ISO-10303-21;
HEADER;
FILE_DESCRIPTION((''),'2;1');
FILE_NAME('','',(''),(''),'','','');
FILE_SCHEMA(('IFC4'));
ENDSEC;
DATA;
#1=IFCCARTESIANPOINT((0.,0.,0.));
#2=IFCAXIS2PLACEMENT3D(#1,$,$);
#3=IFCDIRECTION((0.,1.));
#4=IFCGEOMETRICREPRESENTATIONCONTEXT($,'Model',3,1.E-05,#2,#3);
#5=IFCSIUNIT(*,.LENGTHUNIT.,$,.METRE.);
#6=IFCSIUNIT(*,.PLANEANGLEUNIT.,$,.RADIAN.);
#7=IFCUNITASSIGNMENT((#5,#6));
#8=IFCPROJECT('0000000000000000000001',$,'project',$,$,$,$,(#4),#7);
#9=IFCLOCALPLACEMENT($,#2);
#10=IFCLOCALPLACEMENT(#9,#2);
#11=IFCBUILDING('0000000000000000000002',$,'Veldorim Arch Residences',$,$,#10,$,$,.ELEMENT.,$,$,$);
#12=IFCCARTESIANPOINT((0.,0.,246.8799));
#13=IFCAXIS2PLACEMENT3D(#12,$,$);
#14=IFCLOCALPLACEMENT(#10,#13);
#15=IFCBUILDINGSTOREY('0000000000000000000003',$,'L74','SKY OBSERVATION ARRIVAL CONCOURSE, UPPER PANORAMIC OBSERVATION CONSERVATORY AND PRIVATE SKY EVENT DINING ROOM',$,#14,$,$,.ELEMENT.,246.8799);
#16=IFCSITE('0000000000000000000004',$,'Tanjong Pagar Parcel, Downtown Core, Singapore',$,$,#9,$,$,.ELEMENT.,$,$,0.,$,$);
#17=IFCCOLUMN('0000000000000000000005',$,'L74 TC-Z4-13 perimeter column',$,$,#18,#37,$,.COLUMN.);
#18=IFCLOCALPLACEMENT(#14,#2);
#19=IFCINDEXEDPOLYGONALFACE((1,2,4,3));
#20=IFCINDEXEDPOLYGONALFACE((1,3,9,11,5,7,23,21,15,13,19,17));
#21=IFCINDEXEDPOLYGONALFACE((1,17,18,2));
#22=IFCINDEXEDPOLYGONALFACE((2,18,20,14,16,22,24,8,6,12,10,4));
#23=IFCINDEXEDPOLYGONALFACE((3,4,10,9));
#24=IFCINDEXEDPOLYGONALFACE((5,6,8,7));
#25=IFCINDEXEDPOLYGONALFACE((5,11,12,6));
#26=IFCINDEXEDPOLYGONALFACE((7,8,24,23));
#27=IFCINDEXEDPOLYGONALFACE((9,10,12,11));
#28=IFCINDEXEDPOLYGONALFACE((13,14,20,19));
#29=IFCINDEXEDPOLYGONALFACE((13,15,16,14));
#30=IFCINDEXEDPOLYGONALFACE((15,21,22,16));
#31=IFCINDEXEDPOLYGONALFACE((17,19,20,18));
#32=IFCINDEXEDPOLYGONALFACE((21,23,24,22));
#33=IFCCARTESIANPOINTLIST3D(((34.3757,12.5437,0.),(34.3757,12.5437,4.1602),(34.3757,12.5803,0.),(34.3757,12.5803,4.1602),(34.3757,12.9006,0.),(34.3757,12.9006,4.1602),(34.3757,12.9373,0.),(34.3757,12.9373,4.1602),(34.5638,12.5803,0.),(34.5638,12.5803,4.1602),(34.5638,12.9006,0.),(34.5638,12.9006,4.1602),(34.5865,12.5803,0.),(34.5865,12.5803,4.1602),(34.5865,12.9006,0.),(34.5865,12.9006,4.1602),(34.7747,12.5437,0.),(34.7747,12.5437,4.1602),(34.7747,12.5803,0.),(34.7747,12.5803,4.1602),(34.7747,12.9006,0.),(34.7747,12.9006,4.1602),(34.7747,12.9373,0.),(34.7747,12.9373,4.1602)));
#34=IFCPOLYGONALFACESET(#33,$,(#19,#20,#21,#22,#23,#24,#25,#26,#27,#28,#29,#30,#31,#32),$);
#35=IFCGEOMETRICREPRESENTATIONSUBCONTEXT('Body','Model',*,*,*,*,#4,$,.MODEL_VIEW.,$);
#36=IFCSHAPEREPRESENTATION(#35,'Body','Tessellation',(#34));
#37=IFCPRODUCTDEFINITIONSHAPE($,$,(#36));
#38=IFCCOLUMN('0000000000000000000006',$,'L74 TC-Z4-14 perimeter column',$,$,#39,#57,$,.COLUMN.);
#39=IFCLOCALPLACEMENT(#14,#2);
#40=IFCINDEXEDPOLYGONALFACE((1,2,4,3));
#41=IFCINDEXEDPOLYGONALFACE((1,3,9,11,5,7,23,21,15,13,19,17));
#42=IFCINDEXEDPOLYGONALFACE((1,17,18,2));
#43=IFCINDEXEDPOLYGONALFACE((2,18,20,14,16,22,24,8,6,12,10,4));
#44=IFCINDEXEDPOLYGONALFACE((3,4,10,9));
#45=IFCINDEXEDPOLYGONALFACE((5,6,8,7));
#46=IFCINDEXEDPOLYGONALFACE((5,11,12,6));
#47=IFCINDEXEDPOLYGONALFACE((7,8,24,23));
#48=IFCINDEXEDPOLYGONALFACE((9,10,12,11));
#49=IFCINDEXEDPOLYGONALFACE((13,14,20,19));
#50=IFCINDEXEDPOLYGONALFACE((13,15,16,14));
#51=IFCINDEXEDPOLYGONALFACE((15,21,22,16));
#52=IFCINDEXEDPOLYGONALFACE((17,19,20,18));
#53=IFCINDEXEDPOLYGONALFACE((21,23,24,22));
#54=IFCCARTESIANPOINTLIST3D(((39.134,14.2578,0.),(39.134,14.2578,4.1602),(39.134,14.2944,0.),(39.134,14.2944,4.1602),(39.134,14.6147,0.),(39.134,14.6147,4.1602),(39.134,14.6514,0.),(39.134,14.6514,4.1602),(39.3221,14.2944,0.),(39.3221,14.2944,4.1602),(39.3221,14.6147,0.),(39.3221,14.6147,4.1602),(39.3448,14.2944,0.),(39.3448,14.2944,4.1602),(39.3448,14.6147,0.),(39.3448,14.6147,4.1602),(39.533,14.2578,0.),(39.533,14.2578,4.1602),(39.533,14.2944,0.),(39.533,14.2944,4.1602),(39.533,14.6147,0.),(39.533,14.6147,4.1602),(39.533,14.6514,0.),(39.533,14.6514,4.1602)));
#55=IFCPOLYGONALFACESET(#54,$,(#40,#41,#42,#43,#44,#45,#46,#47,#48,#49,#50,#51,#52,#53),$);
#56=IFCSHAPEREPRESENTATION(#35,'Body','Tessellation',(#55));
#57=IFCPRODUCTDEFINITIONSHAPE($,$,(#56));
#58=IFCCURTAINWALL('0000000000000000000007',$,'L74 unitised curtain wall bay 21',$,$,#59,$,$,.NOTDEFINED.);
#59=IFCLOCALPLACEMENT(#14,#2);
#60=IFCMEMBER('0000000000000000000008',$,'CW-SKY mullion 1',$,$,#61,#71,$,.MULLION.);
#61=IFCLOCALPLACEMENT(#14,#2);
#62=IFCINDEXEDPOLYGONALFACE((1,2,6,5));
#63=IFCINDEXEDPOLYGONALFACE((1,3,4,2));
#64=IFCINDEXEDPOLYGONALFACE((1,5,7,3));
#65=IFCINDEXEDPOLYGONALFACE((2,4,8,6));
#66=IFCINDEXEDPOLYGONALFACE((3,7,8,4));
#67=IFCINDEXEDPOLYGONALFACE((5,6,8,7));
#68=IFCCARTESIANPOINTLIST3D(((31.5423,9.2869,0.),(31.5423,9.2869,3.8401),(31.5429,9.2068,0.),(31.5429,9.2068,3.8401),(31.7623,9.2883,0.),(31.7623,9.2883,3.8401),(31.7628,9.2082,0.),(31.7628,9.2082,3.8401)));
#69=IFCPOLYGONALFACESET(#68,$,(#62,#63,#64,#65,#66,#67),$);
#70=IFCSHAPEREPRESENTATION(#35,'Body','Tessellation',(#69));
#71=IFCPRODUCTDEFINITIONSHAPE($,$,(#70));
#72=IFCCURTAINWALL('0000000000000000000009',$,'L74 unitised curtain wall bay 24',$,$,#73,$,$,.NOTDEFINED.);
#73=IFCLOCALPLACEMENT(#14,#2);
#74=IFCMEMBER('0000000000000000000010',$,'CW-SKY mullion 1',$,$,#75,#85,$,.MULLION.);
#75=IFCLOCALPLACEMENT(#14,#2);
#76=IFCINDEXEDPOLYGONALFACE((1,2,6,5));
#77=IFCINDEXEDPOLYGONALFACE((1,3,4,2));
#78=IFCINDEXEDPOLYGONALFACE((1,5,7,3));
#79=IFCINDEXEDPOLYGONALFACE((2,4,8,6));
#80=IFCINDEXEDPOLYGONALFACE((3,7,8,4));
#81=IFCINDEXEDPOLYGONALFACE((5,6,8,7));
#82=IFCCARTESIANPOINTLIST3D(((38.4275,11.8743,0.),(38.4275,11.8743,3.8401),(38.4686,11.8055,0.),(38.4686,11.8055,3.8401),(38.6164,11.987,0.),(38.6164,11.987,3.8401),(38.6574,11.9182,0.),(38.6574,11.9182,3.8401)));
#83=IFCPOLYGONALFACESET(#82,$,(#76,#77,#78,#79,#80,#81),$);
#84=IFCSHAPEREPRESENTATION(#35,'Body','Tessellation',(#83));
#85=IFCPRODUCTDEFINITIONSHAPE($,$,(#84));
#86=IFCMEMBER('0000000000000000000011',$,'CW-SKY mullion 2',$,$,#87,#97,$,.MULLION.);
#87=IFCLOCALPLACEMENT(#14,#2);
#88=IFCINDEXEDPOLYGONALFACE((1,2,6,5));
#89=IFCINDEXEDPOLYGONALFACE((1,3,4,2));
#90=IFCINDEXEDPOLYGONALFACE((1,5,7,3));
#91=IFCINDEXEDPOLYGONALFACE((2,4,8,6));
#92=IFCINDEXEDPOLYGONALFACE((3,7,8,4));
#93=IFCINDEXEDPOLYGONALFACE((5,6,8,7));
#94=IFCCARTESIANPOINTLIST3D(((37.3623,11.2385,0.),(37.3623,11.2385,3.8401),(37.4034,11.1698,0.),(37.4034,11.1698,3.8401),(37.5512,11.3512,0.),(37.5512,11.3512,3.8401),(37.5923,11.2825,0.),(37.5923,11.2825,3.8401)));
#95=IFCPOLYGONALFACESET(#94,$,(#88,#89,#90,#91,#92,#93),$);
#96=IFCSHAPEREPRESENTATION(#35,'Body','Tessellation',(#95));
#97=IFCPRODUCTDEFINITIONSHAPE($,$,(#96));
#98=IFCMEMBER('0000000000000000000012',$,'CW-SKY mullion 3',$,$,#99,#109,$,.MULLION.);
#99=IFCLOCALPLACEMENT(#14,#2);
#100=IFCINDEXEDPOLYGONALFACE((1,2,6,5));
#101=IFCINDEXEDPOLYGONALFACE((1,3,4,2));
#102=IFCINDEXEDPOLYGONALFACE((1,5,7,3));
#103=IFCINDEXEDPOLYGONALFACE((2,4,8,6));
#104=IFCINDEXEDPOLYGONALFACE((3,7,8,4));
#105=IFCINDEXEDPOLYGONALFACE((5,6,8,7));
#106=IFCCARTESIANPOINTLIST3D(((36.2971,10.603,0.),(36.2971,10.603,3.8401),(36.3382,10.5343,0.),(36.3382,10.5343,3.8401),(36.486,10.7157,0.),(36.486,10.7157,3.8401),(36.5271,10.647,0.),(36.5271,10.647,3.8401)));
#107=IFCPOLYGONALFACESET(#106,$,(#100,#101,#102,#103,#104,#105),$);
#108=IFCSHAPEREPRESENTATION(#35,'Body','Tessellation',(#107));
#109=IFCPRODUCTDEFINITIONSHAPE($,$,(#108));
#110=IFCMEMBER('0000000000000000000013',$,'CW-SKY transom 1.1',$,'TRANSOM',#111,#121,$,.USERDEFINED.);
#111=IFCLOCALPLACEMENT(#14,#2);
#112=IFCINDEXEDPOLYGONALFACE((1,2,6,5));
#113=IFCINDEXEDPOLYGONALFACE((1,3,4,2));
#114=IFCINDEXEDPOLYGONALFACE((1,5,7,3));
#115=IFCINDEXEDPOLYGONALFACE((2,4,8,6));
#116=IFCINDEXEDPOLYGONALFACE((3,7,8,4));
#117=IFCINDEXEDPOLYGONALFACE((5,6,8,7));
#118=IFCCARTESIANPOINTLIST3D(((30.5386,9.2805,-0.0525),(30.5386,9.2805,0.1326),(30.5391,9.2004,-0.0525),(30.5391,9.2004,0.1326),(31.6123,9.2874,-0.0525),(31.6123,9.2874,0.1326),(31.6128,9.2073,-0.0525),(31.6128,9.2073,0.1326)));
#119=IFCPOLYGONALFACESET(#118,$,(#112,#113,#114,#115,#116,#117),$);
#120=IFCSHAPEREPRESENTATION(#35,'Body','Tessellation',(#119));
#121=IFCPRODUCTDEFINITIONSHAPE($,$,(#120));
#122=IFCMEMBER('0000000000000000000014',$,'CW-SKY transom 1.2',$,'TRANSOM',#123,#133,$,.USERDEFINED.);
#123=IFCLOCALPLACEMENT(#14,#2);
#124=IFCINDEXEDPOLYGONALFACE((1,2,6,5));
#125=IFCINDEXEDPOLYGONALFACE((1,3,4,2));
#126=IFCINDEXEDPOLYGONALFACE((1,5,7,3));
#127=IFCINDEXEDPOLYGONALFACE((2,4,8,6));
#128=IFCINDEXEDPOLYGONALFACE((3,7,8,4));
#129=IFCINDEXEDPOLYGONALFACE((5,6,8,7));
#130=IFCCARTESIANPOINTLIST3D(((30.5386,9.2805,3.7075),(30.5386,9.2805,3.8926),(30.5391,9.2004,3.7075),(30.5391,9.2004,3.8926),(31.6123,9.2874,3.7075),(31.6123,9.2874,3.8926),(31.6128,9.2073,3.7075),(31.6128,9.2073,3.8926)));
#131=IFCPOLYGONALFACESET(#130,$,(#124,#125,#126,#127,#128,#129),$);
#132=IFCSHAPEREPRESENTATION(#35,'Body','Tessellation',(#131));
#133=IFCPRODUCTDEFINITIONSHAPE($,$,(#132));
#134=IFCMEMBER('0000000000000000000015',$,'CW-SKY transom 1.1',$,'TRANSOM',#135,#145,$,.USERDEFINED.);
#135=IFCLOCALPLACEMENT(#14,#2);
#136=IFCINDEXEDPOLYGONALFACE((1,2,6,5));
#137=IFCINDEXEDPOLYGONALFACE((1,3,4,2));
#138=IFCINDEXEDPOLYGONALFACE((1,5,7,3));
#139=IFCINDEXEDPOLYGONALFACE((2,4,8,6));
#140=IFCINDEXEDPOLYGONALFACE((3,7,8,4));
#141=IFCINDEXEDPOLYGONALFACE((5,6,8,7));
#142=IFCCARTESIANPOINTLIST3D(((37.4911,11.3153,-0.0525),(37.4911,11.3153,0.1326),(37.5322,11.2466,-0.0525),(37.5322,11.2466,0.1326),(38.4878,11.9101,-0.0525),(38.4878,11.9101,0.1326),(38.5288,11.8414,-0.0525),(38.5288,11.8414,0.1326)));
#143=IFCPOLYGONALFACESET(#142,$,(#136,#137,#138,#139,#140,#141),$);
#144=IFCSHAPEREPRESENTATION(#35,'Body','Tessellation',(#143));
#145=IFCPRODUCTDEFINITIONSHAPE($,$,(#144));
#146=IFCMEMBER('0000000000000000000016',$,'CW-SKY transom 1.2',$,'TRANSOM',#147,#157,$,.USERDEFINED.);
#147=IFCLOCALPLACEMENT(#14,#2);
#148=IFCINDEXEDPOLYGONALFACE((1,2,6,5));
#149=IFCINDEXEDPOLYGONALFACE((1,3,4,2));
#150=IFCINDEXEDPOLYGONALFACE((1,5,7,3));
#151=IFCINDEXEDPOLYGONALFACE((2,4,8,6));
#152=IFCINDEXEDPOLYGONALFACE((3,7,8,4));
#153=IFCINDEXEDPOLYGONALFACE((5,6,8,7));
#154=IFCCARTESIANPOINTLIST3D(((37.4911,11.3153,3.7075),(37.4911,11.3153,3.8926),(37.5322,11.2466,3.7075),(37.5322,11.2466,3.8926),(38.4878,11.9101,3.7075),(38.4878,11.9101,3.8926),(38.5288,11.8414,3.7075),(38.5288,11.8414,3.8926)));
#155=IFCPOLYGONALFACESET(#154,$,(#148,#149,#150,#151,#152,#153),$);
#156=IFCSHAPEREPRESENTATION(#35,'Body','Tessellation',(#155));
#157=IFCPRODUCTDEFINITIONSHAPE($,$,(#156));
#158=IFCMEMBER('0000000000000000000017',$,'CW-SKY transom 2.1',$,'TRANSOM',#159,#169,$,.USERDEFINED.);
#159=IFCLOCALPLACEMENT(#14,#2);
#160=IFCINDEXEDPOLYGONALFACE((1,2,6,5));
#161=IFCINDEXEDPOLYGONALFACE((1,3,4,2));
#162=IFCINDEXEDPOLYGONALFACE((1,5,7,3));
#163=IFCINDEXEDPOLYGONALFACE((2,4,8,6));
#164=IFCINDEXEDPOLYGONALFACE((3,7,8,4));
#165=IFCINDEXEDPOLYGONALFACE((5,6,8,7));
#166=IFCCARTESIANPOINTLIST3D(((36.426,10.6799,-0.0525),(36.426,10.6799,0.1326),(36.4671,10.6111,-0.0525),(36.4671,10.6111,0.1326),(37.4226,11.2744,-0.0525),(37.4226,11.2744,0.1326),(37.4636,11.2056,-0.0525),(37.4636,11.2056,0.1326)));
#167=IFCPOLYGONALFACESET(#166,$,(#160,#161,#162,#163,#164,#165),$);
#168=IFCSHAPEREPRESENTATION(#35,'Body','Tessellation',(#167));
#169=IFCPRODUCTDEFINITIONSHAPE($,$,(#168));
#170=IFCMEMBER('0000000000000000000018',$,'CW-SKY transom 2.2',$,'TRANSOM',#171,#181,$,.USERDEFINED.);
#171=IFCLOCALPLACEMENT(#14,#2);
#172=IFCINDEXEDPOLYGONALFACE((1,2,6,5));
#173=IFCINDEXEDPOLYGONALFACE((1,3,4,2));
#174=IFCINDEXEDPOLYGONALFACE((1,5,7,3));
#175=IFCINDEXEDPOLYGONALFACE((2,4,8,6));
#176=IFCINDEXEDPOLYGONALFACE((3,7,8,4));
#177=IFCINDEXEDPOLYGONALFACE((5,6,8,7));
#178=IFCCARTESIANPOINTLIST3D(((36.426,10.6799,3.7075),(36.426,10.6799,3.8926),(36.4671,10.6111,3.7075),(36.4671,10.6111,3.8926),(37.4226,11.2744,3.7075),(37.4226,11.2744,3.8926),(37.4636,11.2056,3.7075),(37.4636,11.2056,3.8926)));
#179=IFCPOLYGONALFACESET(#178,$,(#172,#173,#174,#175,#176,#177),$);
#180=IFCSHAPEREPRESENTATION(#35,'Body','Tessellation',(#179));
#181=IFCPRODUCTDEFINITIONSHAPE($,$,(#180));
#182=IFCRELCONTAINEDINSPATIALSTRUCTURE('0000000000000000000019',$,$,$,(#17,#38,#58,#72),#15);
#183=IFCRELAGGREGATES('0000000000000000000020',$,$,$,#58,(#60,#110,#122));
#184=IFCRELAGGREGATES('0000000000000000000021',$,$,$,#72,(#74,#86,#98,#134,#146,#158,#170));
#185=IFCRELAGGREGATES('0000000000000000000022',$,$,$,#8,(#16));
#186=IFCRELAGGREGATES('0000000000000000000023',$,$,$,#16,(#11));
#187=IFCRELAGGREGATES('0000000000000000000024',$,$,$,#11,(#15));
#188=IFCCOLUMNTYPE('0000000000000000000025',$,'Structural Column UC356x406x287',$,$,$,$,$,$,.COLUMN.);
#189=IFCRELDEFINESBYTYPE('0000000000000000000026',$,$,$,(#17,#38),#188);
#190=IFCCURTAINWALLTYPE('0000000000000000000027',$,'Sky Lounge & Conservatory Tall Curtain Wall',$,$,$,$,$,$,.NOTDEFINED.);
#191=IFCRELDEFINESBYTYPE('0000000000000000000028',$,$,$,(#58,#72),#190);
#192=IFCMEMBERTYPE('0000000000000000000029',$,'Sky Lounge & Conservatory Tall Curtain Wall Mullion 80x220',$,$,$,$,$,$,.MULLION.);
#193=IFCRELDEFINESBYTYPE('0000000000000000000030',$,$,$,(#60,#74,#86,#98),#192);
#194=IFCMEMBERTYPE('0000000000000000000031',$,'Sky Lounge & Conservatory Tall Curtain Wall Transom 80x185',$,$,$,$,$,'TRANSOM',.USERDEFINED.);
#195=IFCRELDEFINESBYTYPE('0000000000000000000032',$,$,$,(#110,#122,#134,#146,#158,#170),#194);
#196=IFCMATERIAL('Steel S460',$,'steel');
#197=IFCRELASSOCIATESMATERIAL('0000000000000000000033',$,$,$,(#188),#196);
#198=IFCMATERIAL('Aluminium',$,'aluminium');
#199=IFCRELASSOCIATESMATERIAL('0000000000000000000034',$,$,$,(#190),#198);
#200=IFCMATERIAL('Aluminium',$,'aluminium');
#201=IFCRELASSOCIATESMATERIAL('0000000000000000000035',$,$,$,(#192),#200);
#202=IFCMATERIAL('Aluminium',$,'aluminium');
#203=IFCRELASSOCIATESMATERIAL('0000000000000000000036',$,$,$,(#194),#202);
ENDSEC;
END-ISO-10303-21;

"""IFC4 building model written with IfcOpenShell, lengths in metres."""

from ifc_helpers import new_model, si_unit, direction, frame, origin, origin_2d, place, context, subcontext, project, spatial, rectangle, i_section, extrude, material, material_profile, profile_set, type_object, element, aggregate, save


model = new_model("IFC4")

# Units and contexts
model_context = context("Model", 3, precision=1e-05, world=origin(), true_north=direction((0.0, 1.0)))
body_context = subcontext(model_context, "Body", "Model", "MODEL_VIEW")
ifc_project = project(units=[si_unit("LENGTHUNIT", "METRE"), si_unit("PLANEANGLEUNIT", "RADIAN")], contexts=[model_context])

# Site, building, storey
site_placement = place(None, origin())
site = spatial("IfcSite", under=ifc_project, at=site_placement, Name="Tanjong Pagar Parcel, Downtown Core, Singapore", CompositionType="ELEMENT", RefElevation=0.0)
building_placement = place(site_placement, origin())
building = spatial("IfcBuilding", under=site, at=building_placement, Name="Veldorim Arch Residences", CompositionType="ELEMENT")
storey_placement = place(building_placement, frame((0.0, 0.0, 246.8799)))
storey = spatial("IfcBuildingStorey", under=building, at=storey_placement, Name="L74", Description="SKY OBSERVATION ARRIVAL CONCOURSE, UPPER PANORAMIC OBSERVATION CONSERVATORY AND PRIVATE SKY EVENT DINING ROOM", CompositionType="ELEMENT", Elevation=246.8799)

# Columns
ifc_material_1 = material(Name="Steel S460", Category="steel")
ifc_material_profile_1 = material_profile(ifc_material_1, i_section(OverallWidth=0.3989, OverallDepth=0.3936, WebThickness=0.0227, FlangeThickness=0.0366, at=origin_2d()), Name="UC356x406x287")
ifc_profile_set_1 = profile_set([ifc_material_profile_1], Name="Steel S460")
column_type = type_object("IfcColumnType", Name="Structural Column UC356x406x287", PredefinedType="COLUMN", material=ifc_profile_set_1)
for number, where, z_axis, x_axis, name in (
    (1, (34.5752, 12.7405, 0.0), (0.0, 0.0, 1.0), (1.0, 0.0, 0.0), "L74 TC-Z4-13 perimeter column"),
    (2, (39.3335, 14.4546, 0.0), (0.0, 0.0, 1.0), (1.0, 0.0, 0.0), "L74 TC-Z4-14 perimeter column"),
):
    element("IfcColumn", number, at=place(storey_placement, frame(where, z_axis=z_axis, x_axis=x_axis)), inside=storey, type_object=column_type, Name=name, PredefinedType="COLUMN", context=body_context, shape_type="SweptSolid", body=[
        extrude(i_section(OverallWidth=0.3989, OverallDepth=0.3936, WebThickness=0.0227, FlangeThickness=0.0366, at=origin_2d()), origin(), (0.0, 0.0, 1.0), 4.1602),
    ])

# Curtain wall, member
ifc_material_2 = material(Name="Aluminium", Category="aluminium")
curtain_wall_type = type_object("IfcCurtainWallType", Name="Sky Lounge & Conservatory Tall Curtain Wall", PredefinedType="NOTDEFINED", material=ifc_material_2)
curtain_wall_1_placement = place(storey_placement, origin())
curtain_wall_1 = element("IfcCurtainWall", 3, at=curtain_wall_1_placement, inside=storey, type_object=curtain_wall_type, Name="L74 unitised curtain wall bay 21", PredefinedType="NOTDEFINED")
ifc_material_3 = material(Name="Aluminium", Category="aluminium")
ifc_material_profile_2 = material_profile(ifc_material_3, rectangle(XDim=0.0801, YDim=0.22, at=origin_2d()), Name="ALU_MUL_80x220")
ifc_profile_set_2 = profile_set([ifc_material_profile_2], Name="Aluminium")
member_type_1 = type_object("IfcMemberType", Name="Sky Lounge & Conservatory Tall Curtain Wall Mullion 80x220", PredefinedType="MULLION", material=ifc_profile_set_2)
member_1_placement = place(storey_placement, frame((31.6526, 9.2476, 0.0), z_axis=(0.0, 0.0, 1.0), x_axis=(0.006407, -0.999979, 0.0)))
member_1 = element("IfcMember", 4, at=member_1_placement, type_object=member_type_1, Name="CW-SKY mullion 1", PredefinedType="MULLION", context=body_context, shape_type="SweptSolid", body=[
    extrude(rectangle(XDim=0.0801, YDim=0.22, at=origin_2d()), origin(), (0.0, 0.0, 1.0), 3.8401),
])

# Curtain wall, members
curtain_wall_2_placement = place(storey_placement, origin())
curtain_wall_2 = element("IfcCurtainWall", 5, at=curtain_wall_2_placement, inside=storey, type_object=curtain_wall_type, Name="L74 unitised curtain wall bay 24", PredefinedType="NOTDEFINED")
member_2_placement = place(storey_placement, frame((38.5425, 11.8962, 0.0), z_axis=(0.0, 0.0, 1.0), x_axis=(0.512467, -0.858707, 0.0)))
member_2 = element("IfcMember", 6, at=member_2_placement, type_object=member_type_1, Name="CW-SKY mullion 1", PredefinedType="MULLION", context=body_context, shape_type="SweptSolid", body=[
    extrude(rectangle(XDim=0.0801, YDim=0.22, at=origin_2d()), origin(), (0.0, 0.0, 1.0), 3.8401),
])
member_3_placement = place(storey_placement, frame((37.4773, 11.2605, 0.0), z_axis=(0.0, 0.0, 1.0), x_axis=(0.512467, -0.858707, 0.0)))
member_3 = element("IfcMember", 7, at=member_3_placement, type_object=member_type_1, Name="CW-SKY mullion 2", PredefinedType="MULLION", context=body_context, shape_type="SweptSolid", body=[
    extrude(rectangle(XDim=0.0801, YDim=0.22, at=origin_2d()), origin(), (0.0, 0.0, 1.0), 3.8401),
])
member_4_placement = place(storey_placement, frame((36.4121, 10.625, 0.0), z_axis=(0.0, 0.0, 1.0), x_axis=(0.512467, -0.858707, 0.0)))
member_4 = element("IfcMember", 8, at=member_4_placement, type_object=member_type_1, Name="CW-SKY mullion 3", PredefinedType="MULLION", context=body_context, shape_type="SweptSolid", body=[
    extrude(rectangle(XDim=0.0801, YDim=0.22, at=origin_2d()), origin(), (0.0, 0.0, 1.0), 3.8401),
])

# Members
ifc_material_4 = material(Name="Aluminium", Category="aluminium")
ifc_material_profile_3 = material_profile(ifc_material_4, rectangle(XDim=0.0801, YDim=0.1851, at=origin_2d()), Name="ALU_TRN_80x185")
ifc_profile_set_3 = profile_set([ifc_material_profile_3], Name="Aluminium")
member_type_2 = type_object("IfcMemberType", Name="Sky Lounge & Conservatory Tall Curtain Wall Transom 80x185", ElementType="TRANSOM", PredefinedType="USERDEFINED", material=ifc_profile_set_3)
member_5_placement = place(storey_placement, frame((31.6125, 9.2473, 0.04), z_axis=(-0.99998, -0.006366, 0.0), x_axis=(0.006366, -0.99998, 0.0)))
member_5 = element("IfcMember", 9, at=member_5_placement, type_object=member_type_2, Name="CW-SKY transom 1.1", ObjectType="TRANSOM", PredefinedType="USERDEFINED", context=body_context, shape_type="SweptSolid", body=[
    extrude(rectangle(XDim=0.0801, YDim=0.1851, at=origin_2d()), origin(), (0.0, 0.0, 1.0), 1.0737),
])
member_6_placement = place(storey_placement, frame((31.6125, 9.2473, 3.8), z_axis=(-0.99998, -0.006366, 0.0), x_axis=(0.006366, -0.99998, 0.0)))
member_6 = element("IfcMember", 10, at=member_6_placement, type_object=member_type_2, Name="CW-SKY transom 1.2", ObjectType="TRANSOM", PredefinedType="USERDEFINED", context=body_context, shape_type="SweptSolid", body=[
    extrude(rectangle(XDim=0.0801, YDim=0.1851, at=origin_2d()), origin(), (0.0, 0.0, 1.0), 1.0737),
])
aggregate(curtain_wall_1, [member_1, member_5, member_6])
member_7_placement = place(storey_placement, frame((38.5083, 11.8757, 0.04), z_axis=(-0.858716, -0.512453, 0.0), x_axis=(0.512453, -0.858716, 0.0)))
member_7 = element("IfcMember", 11, at=member_7_placement, type_object=member_type_2, Name="CW-SKY transom 1.1", ObjectType="TRANSOM", PredefinedType="USERDEFINED", context=body_context, shape_type="SweptSolid", body=[
    extrude(rectangle(XDim=0.0801, YDim=0.1851, at=origin_2d()), origin(), (0.0, 0.0, 1.0), 1.1606),
])
member_8_placement = place(storey_placement, frame((38.5083, 11.8757, 3.8), z_axis=(-0.858716, -0.512453, 0.0), x_axis=(0.512453, -0.858716, 0.0)))
member_8 = element("IfcMember", 12, at=member_8_placement, type_object=member_type_2, Name="CW-SKY transom 1.2", ObjectType="TRANSOM", PredefinedType="USERDEFINED", context=body_context, shape_type="SweptSolid", body=[
    extrude(rectangle(XDim=0.0801, YDim=0.1851, at=origin_2d()), origin(), (0.0, 0.0, 1.0), 1.1606),
])
member_9_placement = place(storey_placement, frame((37.4431, 11.24, 0.04), z_axis=(-0.858808, -0.512297, 0.0), x_axis=(0.512297, -0.858808, 0.0)))
member_9 = element("IfcMember", 13, at=member_9_placement, type_object=member_type_2, Name="CW-SKY transom 2.1", ObjectType="TRANSOM", PredefinedType="USERDEFINED", context=body_context, shape_type="SweptSolid", body=[
    extrude(rectangle(XDim=0.0801, YDim=0.1851, at=origin_2d()), origin(), (0.0, 0.0, 1.0), 1.1604),
])
member_10_placement = place(storey_placement, frame((37.4431, 11.24, 3.8), z_axis=(-0.858808, -0.512297, 0.0), x_axis=(0.512297, -0.858808, 0.0)))
member_10 = element("IfcMember", 14, at=member_10_placement, type_object=member_type_2, Name="CW-SKY transom 2.2", ObjectType="TRANSOM", PredefinedType="USERDEFINED", context=body_context, shape_type="SweptSolid", body=[
    extrude(rectangle(XDim=0.0801, YDim=0.1851, at=origin_2d()), origin(), (0.0, 0.0, 1.0), 1.1604),
])

aggregate(curtain_wall_2, [member_2, member_3, member_4, member_7, member_8, member_9, member_10])

save(model, "model.ifc")
